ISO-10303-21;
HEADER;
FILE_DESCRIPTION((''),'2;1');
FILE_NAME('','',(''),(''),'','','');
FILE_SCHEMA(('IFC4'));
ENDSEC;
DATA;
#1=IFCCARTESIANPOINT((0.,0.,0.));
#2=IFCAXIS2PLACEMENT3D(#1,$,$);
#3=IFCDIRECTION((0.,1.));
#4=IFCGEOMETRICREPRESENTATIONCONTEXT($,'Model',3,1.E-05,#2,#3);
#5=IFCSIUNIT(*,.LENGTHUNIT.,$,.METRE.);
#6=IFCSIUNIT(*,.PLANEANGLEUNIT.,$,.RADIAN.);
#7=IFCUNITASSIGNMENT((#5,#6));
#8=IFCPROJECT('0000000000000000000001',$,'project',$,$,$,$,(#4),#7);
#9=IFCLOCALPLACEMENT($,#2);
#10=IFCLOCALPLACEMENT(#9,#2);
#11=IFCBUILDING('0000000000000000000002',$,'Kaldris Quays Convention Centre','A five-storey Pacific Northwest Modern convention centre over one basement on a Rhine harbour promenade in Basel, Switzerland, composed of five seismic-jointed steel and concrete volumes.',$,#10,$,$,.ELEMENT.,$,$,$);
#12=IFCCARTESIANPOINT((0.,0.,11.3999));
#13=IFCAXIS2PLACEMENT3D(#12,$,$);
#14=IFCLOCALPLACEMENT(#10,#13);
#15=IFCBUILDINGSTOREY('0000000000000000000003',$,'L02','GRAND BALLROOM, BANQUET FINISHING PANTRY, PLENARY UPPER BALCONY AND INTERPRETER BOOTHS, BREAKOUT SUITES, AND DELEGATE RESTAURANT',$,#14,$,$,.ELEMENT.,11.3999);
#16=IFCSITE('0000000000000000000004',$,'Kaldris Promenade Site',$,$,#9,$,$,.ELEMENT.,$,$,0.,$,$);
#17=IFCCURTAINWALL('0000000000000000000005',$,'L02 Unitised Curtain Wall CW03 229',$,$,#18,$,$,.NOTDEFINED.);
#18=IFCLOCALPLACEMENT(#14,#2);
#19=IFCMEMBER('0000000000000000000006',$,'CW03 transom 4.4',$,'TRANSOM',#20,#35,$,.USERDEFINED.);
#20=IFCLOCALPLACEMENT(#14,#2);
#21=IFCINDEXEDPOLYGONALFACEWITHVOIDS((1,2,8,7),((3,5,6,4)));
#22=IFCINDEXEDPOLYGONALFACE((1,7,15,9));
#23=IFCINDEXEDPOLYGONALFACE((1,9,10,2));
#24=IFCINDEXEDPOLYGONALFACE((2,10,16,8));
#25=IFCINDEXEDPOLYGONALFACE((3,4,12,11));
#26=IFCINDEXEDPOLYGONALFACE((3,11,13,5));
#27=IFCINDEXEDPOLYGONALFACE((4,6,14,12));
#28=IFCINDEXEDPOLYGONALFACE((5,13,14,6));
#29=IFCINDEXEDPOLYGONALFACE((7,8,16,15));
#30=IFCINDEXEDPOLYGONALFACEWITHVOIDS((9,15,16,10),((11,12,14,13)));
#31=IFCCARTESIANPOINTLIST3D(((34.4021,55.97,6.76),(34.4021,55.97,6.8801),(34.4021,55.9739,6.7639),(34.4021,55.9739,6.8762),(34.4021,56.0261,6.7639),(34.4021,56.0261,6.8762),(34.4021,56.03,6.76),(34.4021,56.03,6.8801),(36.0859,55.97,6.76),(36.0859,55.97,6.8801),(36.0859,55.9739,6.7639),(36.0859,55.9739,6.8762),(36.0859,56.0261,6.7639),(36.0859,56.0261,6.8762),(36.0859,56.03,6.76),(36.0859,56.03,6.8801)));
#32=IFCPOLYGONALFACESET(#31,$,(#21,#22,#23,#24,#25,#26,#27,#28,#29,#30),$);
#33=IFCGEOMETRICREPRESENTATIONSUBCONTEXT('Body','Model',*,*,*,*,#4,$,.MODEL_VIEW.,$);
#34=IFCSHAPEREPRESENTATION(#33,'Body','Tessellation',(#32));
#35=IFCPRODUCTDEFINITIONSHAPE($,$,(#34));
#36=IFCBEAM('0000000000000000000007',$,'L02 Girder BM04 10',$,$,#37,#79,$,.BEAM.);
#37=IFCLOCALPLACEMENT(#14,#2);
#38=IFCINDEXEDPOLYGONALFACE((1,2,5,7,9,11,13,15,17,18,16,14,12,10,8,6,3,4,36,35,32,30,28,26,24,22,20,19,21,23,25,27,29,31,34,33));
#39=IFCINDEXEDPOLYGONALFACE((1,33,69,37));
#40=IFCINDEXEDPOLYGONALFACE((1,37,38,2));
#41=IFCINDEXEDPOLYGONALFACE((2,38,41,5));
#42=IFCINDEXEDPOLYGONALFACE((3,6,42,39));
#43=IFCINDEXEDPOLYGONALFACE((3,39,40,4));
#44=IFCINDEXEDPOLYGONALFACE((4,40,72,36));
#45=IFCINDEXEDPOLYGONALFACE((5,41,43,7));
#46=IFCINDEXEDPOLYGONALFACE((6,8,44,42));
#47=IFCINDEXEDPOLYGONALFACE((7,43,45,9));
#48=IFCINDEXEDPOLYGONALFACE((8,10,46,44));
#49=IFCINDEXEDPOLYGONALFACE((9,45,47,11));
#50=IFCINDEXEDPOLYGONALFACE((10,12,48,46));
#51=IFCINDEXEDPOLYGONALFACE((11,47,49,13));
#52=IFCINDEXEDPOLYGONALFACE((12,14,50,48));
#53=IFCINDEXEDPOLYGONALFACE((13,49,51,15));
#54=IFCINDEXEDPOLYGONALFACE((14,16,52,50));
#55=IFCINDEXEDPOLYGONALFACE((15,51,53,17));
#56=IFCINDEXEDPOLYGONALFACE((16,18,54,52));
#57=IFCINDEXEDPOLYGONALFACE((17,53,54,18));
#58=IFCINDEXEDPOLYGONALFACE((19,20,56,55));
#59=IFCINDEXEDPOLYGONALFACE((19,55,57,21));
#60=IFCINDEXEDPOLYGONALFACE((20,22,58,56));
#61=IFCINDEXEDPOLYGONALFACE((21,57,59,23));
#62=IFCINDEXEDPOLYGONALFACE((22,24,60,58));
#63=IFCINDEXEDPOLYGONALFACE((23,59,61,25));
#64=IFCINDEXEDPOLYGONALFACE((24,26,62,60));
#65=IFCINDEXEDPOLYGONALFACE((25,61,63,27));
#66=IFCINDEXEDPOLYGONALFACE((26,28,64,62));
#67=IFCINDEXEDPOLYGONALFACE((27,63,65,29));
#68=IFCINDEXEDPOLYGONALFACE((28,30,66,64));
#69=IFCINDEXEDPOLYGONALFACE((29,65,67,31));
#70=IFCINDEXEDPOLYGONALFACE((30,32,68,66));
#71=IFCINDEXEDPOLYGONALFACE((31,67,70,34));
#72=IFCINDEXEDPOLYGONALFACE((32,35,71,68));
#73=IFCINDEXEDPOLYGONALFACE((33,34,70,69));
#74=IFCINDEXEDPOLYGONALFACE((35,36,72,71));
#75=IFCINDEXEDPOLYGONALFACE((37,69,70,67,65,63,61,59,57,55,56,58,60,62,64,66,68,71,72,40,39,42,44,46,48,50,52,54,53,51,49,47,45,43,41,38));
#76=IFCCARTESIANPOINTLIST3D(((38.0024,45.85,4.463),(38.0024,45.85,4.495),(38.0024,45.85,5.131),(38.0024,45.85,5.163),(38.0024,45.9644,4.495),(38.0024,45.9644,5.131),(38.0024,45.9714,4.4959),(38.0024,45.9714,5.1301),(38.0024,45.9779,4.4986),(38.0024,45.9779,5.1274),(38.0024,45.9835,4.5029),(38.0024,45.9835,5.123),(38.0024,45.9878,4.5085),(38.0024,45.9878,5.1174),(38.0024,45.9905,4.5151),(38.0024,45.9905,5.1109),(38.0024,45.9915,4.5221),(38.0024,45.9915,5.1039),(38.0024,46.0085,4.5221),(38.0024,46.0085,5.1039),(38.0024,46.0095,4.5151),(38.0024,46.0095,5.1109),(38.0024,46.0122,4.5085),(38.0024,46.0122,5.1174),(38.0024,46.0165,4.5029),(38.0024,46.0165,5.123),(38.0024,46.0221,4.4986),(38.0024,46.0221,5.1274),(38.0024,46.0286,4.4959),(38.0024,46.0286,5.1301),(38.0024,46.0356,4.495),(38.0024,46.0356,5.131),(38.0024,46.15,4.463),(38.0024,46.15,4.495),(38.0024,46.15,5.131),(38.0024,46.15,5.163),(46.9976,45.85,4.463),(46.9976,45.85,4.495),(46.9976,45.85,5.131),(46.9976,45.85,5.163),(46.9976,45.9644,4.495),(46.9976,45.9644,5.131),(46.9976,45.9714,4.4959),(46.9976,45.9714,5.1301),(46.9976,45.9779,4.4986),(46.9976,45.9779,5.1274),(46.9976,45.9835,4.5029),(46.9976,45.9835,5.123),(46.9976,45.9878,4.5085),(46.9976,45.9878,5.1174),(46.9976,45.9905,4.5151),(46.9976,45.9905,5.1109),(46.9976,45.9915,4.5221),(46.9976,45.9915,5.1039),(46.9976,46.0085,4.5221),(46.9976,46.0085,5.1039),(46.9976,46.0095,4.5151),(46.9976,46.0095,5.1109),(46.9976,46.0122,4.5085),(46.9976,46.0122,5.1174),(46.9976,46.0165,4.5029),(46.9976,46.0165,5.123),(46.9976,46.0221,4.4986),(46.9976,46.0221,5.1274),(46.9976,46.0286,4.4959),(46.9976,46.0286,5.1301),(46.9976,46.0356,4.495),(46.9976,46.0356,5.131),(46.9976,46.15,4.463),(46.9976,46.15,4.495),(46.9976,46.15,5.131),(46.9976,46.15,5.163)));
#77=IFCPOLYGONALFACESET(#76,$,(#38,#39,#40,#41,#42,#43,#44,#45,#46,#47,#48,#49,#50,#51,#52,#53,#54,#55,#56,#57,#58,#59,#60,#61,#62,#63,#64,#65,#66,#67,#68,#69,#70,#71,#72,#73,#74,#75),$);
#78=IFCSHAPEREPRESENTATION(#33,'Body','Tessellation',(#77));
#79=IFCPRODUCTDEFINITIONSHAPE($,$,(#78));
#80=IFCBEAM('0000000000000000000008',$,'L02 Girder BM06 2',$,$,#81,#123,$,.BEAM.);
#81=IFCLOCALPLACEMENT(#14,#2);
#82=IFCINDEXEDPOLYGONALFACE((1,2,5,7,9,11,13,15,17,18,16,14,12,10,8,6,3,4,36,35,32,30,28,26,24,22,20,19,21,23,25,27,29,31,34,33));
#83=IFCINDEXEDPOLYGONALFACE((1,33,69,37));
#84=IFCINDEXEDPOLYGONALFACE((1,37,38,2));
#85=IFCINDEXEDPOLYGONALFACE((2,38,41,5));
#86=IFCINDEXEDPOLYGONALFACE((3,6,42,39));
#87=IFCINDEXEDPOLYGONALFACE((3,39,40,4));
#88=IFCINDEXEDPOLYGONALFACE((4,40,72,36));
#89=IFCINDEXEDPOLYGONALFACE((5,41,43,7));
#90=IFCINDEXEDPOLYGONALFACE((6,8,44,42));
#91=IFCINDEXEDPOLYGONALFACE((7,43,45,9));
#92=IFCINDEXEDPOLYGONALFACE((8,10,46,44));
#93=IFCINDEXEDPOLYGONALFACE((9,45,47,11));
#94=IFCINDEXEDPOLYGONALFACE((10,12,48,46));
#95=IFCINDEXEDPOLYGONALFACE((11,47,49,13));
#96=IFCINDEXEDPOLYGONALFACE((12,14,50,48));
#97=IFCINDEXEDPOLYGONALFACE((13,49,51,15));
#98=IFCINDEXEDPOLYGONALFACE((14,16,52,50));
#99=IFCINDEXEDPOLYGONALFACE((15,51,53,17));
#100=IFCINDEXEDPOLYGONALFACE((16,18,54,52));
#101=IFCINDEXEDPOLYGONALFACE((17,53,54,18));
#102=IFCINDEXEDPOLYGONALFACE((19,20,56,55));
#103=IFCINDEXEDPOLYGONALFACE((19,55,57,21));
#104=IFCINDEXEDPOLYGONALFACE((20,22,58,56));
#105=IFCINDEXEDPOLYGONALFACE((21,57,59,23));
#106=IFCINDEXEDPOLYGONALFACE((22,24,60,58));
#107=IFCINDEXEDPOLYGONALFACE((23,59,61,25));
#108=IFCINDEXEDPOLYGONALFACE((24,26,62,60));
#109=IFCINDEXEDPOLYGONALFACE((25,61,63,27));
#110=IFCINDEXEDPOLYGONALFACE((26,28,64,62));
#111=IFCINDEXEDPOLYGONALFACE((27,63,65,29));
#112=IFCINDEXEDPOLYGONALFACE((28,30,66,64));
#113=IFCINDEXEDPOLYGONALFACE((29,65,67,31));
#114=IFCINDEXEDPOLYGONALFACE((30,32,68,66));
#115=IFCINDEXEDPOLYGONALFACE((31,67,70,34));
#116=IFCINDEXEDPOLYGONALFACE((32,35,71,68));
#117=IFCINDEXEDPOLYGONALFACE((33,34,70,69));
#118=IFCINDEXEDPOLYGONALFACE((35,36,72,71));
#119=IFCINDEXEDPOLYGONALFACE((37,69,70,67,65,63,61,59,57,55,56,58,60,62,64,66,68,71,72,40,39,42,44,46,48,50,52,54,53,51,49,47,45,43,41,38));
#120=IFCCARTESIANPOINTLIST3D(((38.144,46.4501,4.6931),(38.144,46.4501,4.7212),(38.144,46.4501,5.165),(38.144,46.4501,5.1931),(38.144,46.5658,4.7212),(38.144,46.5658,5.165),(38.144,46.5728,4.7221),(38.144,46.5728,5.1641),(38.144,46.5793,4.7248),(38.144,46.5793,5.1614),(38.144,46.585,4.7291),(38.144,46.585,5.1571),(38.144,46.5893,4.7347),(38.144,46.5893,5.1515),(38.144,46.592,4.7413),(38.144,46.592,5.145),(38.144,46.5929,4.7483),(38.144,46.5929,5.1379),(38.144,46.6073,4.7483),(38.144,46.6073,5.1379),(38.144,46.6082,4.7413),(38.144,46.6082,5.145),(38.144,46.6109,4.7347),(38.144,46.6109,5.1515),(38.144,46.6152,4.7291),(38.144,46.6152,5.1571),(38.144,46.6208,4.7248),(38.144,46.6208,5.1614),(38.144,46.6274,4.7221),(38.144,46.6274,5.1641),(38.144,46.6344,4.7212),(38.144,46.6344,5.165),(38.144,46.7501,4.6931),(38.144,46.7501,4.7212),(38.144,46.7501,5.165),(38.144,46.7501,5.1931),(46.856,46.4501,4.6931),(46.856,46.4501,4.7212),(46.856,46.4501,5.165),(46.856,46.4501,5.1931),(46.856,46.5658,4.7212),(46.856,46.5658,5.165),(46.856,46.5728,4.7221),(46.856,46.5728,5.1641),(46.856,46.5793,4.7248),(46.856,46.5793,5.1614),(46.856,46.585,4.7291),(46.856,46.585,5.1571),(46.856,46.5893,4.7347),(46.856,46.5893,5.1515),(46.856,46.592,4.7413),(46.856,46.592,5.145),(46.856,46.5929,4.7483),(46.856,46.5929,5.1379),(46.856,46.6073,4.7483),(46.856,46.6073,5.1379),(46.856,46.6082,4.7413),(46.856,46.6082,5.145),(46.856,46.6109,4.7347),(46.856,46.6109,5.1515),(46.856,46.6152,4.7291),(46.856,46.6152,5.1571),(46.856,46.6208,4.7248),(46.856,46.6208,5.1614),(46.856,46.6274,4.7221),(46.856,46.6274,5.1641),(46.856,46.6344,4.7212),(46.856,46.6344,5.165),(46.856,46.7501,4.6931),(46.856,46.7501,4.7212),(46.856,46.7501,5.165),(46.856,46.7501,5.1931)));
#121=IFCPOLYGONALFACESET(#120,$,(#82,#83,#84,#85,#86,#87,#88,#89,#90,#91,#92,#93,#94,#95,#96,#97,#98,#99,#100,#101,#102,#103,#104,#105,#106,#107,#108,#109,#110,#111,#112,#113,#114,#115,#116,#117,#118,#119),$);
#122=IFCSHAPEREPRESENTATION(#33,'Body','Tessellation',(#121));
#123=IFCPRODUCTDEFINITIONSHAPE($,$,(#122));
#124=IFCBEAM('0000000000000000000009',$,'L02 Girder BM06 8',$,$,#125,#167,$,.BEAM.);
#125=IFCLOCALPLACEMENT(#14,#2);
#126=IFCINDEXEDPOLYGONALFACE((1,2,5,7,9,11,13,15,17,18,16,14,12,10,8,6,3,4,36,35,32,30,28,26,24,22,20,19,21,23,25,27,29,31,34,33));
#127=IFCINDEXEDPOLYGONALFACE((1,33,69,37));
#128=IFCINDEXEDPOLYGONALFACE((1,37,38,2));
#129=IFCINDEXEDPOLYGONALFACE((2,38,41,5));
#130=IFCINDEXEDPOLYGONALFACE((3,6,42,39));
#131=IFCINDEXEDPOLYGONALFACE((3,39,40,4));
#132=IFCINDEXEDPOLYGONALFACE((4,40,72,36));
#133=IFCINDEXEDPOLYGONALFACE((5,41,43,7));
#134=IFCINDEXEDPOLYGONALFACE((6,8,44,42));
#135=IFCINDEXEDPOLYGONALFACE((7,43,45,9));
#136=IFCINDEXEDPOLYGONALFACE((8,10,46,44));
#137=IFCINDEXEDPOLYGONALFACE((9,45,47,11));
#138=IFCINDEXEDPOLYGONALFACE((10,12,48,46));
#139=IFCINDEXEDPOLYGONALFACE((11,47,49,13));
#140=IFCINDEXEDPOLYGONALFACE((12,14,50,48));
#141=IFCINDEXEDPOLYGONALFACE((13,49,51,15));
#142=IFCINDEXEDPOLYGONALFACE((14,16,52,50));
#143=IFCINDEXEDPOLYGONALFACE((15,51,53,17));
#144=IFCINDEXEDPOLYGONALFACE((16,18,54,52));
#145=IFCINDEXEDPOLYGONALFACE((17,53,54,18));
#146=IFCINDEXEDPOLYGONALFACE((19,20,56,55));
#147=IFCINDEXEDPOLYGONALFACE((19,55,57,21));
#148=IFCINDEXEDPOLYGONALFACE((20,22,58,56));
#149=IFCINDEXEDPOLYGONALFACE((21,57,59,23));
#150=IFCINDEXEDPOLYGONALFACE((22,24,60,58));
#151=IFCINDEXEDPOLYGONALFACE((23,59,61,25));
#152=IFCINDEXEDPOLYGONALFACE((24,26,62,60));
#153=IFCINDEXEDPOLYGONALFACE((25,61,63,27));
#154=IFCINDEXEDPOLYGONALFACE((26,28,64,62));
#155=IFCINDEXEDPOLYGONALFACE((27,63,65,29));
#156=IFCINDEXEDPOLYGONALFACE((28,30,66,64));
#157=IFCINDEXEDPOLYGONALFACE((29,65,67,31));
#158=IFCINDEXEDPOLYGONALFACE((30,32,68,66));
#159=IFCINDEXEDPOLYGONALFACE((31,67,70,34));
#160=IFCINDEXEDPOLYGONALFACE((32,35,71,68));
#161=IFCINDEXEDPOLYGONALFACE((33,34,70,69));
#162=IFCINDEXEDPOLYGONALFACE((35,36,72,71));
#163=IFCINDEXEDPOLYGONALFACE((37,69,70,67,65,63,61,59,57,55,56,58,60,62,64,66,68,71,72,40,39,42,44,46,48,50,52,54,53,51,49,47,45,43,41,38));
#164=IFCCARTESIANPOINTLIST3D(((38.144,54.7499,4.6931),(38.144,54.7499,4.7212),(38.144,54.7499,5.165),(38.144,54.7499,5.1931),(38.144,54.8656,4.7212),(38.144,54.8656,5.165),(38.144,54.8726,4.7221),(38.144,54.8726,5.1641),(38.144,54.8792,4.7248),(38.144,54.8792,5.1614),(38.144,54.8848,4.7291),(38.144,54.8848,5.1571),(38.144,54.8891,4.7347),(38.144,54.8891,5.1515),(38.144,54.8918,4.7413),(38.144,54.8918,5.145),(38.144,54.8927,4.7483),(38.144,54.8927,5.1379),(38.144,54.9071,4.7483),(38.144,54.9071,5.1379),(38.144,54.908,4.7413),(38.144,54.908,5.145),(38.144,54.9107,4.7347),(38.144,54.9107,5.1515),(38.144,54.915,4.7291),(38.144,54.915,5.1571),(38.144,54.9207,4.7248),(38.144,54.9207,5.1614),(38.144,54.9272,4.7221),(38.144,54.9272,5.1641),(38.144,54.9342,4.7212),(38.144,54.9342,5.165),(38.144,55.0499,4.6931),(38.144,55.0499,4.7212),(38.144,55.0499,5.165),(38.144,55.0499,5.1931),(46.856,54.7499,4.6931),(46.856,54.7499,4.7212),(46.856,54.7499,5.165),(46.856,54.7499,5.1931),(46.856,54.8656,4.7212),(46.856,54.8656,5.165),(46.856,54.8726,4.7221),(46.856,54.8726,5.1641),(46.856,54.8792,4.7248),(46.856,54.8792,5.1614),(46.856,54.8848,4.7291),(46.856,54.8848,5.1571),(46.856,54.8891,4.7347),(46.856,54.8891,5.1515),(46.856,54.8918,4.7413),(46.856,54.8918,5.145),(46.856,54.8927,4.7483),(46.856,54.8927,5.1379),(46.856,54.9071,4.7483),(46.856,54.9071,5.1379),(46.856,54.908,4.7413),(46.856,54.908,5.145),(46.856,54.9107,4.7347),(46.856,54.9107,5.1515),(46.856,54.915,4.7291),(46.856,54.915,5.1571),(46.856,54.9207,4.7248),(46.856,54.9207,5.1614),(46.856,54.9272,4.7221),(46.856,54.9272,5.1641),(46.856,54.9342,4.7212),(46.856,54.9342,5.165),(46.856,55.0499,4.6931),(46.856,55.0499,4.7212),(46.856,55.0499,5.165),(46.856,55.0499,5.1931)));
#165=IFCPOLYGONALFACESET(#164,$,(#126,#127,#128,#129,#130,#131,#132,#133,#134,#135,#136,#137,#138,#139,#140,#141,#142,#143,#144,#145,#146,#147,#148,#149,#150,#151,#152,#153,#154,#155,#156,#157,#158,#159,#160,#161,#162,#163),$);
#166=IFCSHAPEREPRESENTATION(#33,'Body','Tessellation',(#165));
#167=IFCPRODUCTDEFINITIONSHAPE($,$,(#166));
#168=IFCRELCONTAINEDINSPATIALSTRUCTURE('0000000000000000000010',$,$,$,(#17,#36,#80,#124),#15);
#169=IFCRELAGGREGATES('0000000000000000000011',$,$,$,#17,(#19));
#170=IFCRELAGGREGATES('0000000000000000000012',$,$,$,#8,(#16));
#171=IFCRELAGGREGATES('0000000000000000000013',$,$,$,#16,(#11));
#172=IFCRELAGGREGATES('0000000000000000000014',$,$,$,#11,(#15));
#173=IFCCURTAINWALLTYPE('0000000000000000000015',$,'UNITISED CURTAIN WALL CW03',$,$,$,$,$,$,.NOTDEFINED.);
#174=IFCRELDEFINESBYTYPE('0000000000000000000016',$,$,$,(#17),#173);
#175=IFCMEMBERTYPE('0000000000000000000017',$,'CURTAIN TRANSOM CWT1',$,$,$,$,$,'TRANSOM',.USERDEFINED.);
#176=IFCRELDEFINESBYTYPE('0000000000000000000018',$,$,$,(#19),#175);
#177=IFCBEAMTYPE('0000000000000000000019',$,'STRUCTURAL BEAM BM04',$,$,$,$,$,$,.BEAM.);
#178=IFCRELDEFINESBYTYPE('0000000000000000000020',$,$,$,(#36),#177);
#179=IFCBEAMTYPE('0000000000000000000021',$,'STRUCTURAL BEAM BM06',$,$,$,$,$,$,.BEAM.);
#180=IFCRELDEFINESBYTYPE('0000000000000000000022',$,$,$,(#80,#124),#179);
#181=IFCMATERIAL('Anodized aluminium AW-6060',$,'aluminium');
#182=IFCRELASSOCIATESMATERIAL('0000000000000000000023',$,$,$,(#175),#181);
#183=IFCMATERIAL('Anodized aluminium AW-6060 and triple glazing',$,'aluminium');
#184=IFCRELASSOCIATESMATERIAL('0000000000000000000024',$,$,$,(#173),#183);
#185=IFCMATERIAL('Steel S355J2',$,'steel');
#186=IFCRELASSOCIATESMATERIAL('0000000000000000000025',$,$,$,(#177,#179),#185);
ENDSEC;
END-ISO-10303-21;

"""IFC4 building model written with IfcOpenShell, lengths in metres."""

from ifc_helpers import new_model, si_unit, direction, frame, origin, origin_2d, place, context, subcontext, project, spatial, hollow_rectangle, i_section, extrude, material, material_profile, profile_set, type_object, element, aggregate, save


model = new_model("IFC4")

# Units and contexts
model_context = context("Model", 3, precision=1e-05, world=origin(), true_north=direction((0.0, 1.0)))
body_context = subcontext(model_context, "Body", "Model", "MODEL_VIEW")
ifc_project = project(units=[si_unit("LENGTHUNIT", "METRE"), si_unit("PLANEANGLEUNIT", "RADIAN")], contexts=[model_context])

# Site, building, storey
site_placement = place(None, origin())
site = spatial("IfcSite", under=ifc_project, at=site_placement, Name="Kaldris Promenade Site", CompositionType="ELEMENT", RefElevation=0.0)
building_placement = place(site_placement, origin())
building = spatial("IfcBuilding", under=site, at=building_placement, Name="Kaldris Quays Convention Centre", Description="A five-storey Pacific Northwest Modern convention centre over one basement on a Rhine harbour promenade in Basel, Switzerland, composed of five seismic-jointed steel and concrete volumes.", CompositionType="ELEMENT")
storey_placement = place(building_placement, frame((0.0, 0.0, 11.3999)))
storey = spatial("IfcBuildingStorey", under=building, at=storey_placement, Name="L02", Description="GRAND BALLROOM, BANQUET FINISHING PANTRY, PLENARY UPPER BALCONY AND INTERPRETER BOOTHS, BREAKOUT SUITES, AND DELEGATE RESTAURANT", CompositionType="ELEMENT", Elevation=11.3999)

# Shared definitions
ifc_material_1 = material(Name="Steel S355J2", Category="steel")

# Shared definitions
ifc_material_2 = material(Name="Anodized aluminium AW-6060 and triple glazing", Category="aluminium")
ifc_material_3 = material(Name="Anodized aluminium AW-6060", Category="aluminium")

# Shared definitions
ifc_material_profile_1 = material_profile(ifc_material_3, hollow_rectangle(XDim=0.0601, YDim=0.1201, WallThickness=0.0039, at=origin_2d()), Name="RHS 120x60x4")
ifc_profile_set_1 = profile_set([ifc_material_profile_1], Name="Anodized aluminium AW-6060")
member_type_1 = type_object("IfcMemberType", Name="CURTAIN TRANSOM CWT1", ElementType="TRANSOM", PredefinedType="USERDEFINED", material=ifc_profile_set_1)

# Curtain wall, member
curtain_wall_type_1 = type_object("IfcCurtainWallType", Name="UNITISED CURTAIN WALL CW03", PredefinedType="NOTDEFINED", material=ifc_material_2)
curtain_wall_1_placement = place(storey_placement, origin())
curtain_wall_1 = element("IfcCurtainWall", 1, at=curtain_wall_1_placement, inside=storey, type_object=curtain_wall_type_1, Name="L02 Unitised Curtain Wall CW03 229", PredefinedType="NOTDEFINED")
member_1_placement = place(storey_placement, frame((34.4021, 56.0, 6.8201), z_axis=(1.0, 0.0, 0.0), x_axis=(0.0, 1.0, 0.0)))
member_1 = element("IfcMember", 2, at=member_1_placement, type_object=member_type_1, Name="CW03 transom 4.4", ObjectType="TRANSOM", PredefinedType="USERDEFINED", context=body_context, shape_type="SweptSolid", body=[
    extrude(hollow_rectangle(XDim=0.0601, YDim=0.1201, WallThickness=0.0039, at=origin_2d()), origin(), (0.0, 0.0, 1.0), 1.6838),
])
aggregate(curtain_wall_1, [member_1])

# Beams
ifc_material_profile_2 = material_profile(ifc_material_1, i_section(OverallWidth=0.3, OverallDepth=0.7, WebThickness=0.0171, FlangeThickness=0.032, FilletRadius=0.0271, at=origin_2d()), Name="HEB 700")
ifc_profile_set_2 = profile_set([ifc_material_profile_2], Name="Steel S355J2")
beam_type_1 = type_object("IfcBeamType", Name="STRUCTURAL BEAM BM04", PredefinedType="BEAM", material=ifc_profile_set_2)
beam_1_placement = place(storey_placement, frame((38.0024, 46.0, 4.813), z_axis=(1.0, 0.0, 0.0), x_axis=(0.0, 1.0, 0.0)))
element("IfcBeam", 3, at=beam_1_placement, inside=storey, type_object=beam_type_1, Name="L02 Girder BM04 10", PredefinedType="BEAM", context=body_context, shape_type="SweptSolid", body=[
    extrude(i_section(OverallWidth=0.3, OverallDepth=0.7, WebThickness=0.0171, FlangeThickness=0.032, FilletRadius=0.0271, at=origin_2d()), origin(), (0.0, 0.0, 1.0), 8.9951),
])
ifc_material_profile_3 = material_profile(ifc_material_1, i_section(OverallWidth=0.3, OverallDepth=0.5, WebThickness=0.0144, FlangeThickness=0.0281, FilletRadius=0.0271, at=origin_2d()), Name="HEB 500")
ifc_profile_set_3 = profile_set([ifc_material_profile_3], Name="Steel S355J2")
beam_type_2 = type_object("IfcBeamType", Name="STRUCTURAL BEAM BM06", PredefinedType="BEAM", material=ifc_profile_set_3)
for number, where, z_axis, x_axis, name in (
    (4, (38.144, 46.6001, 4.9431), (1.0, 0.0, 0.0), (0.0, 1.0, 0.0), "L02 Girder BM06 2"),
    (5, (38.144, 54.8999, 4.9431), (1.0, 0.0, 0.0), (0.0, 1.0, 0.0), "L02 Girder BM06 8"),
):
    element("IfcBeam", number, at=place(storey_placement, frame(where, z_axis=z_axis, x_axis=x_axis)), inside=storey, type_object=beam_type_2, Name=name, PredefinedType="BEAM", context=body_context, shape_type="SweptSolid", body=[
        extrude(i_section(OverallWidth=0.3, OverallDepth=0.5, WebThickness=0.0144, FlangeThickness=0.0281, FilletRadius=0.0271, at=origin_2d()), origin(), (0.0, 0.0, 1.0), 8.7119),
    ])

save(model, "model.ifc")
